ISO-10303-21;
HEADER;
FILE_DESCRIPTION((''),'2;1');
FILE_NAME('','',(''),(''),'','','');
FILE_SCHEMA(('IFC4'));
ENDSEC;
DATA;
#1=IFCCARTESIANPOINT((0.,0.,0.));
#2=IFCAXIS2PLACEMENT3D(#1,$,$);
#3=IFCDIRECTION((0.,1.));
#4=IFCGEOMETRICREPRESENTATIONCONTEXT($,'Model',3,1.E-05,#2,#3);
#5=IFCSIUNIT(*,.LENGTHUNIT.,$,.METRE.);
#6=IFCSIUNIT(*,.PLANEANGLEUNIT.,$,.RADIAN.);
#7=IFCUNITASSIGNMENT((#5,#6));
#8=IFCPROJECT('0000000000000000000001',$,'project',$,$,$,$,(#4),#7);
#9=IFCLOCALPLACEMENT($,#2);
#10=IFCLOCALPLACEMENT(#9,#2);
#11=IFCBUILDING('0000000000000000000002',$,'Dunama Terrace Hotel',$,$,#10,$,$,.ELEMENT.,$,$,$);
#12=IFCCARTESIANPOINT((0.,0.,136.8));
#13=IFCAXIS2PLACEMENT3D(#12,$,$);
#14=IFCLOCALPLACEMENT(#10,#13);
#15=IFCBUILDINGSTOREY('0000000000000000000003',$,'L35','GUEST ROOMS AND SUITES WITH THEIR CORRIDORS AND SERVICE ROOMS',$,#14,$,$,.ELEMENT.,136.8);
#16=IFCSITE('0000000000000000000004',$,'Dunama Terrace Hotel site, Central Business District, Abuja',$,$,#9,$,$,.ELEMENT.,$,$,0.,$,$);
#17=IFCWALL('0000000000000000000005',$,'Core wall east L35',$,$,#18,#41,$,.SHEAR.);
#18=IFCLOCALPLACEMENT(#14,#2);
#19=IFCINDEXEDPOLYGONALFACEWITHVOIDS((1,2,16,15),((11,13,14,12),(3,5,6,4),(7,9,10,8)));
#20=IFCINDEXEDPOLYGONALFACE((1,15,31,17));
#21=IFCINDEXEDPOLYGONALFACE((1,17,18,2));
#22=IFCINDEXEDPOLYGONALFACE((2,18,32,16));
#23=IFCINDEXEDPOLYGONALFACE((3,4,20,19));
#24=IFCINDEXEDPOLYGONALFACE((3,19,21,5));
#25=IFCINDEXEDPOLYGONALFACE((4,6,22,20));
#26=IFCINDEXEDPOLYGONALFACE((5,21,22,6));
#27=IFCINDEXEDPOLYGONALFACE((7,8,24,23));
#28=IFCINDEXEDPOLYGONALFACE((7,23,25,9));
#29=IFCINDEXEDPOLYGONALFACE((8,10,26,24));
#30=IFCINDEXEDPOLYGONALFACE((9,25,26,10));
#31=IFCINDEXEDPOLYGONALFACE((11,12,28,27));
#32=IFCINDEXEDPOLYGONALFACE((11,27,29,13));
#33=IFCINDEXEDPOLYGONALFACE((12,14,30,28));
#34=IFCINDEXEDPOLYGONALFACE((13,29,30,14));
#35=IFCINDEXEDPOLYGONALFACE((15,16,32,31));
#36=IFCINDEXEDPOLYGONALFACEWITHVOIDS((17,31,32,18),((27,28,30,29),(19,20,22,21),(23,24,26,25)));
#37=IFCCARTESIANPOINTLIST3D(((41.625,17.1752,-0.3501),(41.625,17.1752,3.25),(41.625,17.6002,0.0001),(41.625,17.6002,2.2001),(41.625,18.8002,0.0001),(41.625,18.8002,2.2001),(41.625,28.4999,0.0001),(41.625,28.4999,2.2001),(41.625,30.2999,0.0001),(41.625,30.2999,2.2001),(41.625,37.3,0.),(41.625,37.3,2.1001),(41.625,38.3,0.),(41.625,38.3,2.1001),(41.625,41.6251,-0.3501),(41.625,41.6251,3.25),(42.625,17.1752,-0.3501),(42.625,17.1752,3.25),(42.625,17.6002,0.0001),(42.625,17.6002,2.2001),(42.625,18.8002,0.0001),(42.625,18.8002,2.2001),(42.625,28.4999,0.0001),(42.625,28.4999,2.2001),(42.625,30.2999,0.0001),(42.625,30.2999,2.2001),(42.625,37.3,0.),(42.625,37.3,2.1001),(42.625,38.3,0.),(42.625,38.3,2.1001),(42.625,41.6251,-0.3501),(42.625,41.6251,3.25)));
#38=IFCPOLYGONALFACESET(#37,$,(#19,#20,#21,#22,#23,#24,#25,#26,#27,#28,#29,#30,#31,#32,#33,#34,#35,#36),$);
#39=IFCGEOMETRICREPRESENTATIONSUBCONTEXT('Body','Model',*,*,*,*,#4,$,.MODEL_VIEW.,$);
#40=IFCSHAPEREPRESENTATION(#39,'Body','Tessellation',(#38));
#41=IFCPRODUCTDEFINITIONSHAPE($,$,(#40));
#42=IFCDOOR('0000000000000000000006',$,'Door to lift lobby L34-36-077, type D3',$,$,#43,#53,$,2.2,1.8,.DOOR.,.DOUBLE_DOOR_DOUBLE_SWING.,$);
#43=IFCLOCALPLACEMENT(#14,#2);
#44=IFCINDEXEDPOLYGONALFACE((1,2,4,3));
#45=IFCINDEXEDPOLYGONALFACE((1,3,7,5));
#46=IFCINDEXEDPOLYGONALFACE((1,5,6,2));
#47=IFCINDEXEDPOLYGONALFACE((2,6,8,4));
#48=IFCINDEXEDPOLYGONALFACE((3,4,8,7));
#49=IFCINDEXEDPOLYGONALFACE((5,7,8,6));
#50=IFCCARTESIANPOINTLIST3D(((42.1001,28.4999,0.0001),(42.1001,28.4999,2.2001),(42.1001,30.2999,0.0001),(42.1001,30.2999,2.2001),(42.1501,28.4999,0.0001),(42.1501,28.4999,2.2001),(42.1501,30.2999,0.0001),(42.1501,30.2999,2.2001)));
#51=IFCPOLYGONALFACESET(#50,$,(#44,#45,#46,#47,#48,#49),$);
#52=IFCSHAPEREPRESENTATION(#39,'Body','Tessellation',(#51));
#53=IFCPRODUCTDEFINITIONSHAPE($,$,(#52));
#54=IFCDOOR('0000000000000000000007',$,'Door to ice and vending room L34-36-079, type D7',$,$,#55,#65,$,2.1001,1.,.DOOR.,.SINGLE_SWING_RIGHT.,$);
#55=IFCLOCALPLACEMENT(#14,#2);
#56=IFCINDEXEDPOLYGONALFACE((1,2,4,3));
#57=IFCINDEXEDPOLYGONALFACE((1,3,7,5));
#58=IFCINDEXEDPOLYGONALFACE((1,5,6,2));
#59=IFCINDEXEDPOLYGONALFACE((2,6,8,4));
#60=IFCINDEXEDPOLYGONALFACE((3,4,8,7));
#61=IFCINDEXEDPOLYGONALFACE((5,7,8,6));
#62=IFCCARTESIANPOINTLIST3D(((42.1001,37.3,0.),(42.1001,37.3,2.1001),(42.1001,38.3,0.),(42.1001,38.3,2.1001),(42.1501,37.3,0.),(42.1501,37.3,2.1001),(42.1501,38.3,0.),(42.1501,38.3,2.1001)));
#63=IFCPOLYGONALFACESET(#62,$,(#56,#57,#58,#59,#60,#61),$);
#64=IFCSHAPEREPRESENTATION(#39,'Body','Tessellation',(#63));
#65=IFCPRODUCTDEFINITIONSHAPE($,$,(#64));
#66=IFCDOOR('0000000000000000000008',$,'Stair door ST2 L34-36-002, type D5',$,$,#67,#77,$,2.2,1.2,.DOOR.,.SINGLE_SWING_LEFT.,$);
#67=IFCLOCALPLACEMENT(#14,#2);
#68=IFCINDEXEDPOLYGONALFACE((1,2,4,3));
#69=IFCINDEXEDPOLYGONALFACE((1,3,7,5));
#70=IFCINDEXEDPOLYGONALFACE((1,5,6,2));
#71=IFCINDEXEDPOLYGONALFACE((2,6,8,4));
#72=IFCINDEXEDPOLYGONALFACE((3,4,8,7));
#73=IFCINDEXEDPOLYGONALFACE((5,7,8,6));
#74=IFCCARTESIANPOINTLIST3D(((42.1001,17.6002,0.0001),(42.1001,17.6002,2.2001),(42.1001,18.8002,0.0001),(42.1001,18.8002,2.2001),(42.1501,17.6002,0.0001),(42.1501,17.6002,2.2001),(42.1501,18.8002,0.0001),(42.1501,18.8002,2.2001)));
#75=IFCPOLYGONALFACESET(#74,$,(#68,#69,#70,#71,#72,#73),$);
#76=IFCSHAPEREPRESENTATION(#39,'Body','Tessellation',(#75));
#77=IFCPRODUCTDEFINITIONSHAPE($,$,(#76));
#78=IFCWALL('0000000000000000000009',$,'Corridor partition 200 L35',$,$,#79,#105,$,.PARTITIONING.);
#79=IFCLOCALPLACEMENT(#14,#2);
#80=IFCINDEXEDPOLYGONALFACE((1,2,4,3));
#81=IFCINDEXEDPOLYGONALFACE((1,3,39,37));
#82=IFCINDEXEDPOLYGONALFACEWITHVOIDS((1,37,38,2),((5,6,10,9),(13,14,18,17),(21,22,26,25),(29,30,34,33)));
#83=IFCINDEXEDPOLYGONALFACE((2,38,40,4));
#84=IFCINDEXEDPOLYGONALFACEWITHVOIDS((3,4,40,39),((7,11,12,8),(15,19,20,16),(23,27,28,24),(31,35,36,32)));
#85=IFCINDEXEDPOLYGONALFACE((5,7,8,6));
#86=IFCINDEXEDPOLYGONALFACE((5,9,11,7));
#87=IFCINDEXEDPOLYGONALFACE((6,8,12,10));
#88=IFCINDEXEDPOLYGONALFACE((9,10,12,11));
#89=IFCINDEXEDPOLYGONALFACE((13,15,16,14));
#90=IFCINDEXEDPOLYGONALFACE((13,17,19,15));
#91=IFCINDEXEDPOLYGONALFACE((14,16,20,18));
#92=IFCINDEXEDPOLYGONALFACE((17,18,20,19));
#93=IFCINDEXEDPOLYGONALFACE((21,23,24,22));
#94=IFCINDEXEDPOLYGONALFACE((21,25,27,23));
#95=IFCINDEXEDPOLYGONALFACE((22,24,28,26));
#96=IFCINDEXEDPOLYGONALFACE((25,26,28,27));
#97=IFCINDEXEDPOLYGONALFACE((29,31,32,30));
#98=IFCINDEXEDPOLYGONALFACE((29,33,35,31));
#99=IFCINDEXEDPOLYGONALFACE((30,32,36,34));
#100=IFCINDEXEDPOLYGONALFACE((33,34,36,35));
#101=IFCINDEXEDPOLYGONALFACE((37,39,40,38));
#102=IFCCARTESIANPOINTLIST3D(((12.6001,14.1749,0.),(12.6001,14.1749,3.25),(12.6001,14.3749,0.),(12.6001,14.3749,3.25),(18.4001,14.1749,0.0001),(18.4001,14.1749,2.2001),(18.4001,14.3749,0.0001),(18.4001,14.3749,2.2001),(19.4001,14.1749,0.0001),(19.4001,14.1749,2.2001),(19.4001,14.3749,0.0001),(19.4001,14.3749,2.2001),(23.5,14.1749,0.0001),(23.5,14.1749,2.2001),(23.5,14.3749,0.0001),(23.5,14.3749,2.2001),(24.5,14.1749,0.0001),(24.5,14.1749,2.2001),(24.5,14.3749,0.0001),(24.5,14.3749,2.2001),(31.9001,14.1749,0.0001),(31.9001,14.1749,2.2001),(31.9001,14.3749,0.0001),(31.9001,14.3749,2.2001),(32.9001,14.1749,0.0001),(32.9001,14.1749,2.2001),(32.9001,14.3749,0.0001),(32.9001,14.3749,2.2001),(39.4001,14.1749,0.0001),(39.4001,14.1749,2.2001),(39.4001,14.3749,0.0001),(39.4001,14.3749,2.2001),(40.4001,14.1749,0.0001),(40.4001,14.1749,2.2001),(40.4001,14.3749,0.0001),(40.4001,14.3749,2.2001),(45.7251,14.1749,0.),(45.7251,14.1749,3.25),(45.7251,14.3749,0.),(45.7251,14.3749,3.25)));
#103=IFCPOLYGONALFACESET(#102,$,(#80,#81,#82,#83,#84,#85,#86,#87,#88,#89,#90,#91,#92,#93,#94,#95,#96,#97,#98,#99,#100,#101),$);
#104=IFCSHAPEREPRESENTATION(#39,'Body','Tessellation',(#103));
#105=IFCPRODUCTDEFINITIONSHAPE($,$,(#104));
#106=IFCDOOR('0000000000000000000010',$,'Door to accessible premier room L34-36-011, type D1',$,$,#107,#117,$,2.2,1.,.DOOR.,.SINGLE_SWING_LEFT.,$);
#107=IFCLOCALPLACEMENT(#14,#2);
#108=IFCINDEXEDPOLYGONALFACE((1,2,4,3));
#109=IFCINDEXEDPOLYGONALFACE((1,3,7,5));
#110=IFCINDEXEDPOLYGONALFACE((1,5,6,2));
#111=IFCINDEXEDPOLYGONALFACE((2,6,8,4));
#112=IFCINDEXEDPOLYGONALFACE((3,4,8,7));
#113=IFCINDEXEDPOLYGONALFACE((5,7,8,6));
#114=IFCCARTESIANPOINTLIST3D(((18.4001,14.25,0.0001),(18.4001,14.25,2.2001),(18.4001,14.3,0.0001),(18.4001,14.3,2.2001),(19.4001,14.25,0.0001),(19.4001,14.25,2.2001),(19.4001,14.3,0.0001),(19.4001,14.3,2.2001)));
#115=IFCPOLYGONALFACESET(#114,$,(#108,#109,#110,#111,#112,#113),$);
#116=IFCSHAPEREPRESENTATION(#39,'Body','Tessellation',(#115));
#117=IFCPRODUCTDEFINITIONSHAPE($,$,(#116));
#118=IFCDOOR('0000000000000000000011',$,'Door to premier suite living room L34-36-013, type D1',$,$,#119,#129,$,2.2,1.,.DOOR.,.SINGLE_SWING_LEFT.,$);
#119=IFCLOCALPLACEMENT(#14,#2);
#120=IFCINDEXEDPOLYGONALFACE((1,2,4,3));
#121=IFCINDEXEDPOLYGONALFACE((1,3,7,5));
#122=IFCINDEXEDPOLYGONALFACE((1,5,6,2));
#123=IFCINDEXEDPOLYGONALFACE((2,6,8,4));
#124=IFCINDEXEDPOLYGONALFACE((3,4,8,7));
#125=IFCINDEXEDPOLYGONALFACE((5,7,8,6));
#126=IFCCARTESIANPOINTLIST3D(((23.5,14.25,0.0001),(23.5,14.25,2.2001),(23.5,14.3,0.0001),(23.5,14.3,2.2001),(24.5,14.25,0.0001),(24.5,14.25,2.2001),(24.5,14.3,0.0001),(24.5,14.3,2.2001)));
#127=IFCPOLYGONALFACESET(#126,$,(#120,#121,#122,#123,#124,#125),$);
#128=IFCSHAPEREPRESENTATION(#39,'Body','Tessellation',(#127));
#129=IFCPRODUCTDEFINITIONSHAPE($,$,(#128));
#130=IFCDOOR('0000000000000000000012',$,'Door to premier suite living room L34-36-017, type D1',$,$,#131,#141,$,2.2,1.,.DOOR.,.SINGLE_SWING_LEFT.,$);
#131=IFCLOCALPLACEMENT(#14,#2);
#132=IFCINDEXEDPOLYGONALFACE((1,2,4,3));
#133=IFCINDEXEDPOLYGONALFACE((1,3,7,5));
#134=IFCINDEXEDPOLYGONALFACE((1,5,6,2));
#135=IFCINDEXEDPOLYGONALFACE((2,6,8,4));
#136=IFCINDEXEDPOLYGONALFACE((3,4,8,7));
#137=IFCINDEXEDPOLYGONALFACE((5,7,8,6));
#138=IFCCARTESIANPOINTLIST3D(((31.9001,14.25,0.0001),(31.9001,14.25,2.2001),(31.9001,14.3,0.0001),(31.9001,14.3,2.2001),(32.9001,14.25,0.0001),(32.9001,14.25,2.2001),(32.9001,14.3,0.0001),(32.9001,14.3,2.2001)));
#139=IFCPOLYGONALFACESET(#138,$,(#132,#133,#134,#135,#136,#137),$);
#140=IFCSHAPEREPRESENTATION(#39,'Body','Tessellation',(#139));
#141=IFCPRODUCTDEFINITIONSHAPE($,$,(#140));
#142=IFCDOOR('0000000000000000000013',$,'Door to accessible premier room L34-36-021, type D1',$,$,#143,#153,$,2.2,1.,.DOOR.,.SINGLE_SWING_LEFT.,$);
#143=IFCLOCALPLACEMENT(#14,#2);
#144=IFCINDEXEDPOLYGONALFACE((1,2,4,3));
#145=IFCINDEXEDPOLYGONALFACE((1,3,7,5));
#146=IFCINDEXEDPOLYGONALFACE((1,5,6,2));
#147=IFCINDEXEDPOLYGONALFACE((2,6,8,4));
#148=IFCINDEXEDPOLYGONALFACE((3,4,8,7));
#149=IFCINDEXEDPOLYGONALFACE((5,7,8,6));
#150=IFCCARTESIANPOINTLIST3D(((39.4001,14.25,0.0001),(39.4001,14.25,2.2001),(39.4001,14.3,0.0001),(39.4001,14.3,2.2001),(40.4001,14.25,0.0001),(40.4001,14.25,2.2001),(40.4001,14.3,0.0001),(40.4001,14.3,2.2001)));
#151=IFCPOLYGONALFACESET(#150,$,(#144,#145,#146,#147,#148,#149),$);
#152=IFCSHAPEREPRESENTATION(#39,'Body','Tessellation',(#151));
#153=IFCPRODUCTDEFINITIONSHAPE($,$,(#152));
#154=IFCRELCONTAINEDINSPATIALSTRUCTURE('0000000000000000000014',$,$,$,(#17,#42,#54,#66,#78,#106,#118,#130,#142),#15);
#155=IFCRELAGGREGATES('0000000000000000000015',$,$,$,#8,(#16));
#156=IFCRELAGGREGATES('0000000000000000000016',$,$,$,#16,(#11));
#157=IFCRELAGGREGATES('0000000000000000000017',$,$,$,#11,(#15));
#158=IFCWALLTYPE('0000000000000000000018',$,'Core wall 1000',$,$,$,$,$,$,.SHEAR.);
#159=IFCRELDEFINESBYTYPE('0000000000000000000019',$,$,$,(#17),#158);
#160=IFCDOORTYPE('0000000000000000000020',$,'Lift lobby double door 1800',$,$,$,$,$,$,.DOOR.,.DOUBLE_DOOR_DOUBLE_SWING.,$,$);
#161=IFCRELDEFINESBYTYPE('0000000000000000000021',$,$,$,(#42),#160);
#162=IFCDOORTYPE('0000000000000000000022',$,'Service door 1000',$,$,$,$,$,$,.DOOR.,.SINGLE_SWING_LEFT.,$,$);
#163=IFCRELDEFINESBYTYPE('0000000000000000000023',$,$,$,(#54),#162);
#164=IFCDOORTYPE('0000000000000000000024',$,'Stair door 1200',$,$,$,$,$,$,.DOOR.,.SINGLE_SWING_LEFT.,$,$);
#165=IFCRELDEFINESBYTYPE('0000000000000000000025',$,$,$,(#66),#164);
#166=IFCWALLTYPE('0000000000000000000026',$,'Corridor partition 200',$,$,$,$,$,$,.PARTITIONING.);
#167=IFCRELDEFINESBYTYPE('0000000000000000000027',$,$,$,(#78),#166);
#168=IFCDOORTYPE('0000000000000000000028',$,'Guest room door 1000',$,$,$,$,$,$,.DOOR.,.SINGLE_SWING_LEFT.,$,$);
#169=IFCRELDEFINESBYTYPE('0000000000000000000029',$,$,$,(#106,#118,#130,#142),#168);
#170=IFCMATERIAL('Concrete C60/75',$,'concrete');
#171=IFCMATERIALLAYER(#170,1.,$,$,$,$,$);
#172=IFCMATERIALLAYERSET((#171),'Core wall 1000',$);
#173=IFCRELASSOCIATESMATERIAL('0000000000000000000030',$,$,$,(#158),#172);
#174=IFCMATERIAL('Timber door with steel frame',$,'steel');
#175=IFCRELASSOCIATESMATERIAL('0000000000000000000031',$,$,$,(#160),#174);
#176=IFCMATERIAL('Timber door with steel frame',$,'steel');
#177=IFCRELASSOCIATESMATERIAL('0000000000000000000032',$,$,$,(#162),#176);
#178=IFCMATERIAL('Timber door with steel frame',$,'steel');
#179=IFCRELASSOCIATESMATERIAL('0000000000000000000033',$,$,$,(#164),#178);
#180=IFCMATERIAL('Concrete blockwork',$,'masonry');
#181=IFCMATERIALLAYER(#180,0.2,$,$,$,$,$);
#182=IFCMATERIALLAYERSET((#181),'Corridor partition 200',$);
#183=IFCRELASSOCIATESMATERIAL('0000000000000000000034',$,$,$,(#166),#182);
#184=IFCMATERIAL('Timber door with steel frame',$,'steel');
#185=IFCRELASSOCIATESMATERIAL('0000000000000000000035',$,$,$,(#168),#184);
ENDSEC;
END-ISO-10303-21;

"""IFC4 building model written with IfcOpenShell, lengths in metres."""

from ifc_helpers import new_model, si_unit, direction, frame, frame_2d, origin, place, context, subcontext, project, spatial, rectangle, extrude, material, layer, layer_set, type_object, element, fill, save


model = new_model("IFC4")

# Units and contexts
model_context = context("Model", 3, precision=1e-05, world=origin(), true_north=direction((0.0, 1.0)))
body_context = subcontext(model_context, "Body", "Model", "MODEL_VIEW")
ifc_project = project(units=[si_unit("LENGTHUNIT", "METRE"), si_unit("PLANEANGLEUNIT", "RADIAN")], contexts=[model_context])

# Site, building, storey
site_placement = place(None, origin())
site = spatial("IfcSite", under=ifc_project, at=site_placement, Name="Dunama Terrace Hotel site, Central Business District, Abuja", CompositionType="ELEMENT", RefElevation=0.0)
building_placement = place(site_placement, origin())
building = spatial("IfcBuilding", under=site, at=building_placement, Name="Dunama Terrace Hotel", CompositionType="ELEMENT")
storey_placement = place(building_placement, frame((0.0, 0.0, 136.8)))
storey = spatial("IfcBuildingStorey", under=building, at=storey_placement, Name="L35", Description="GUEST ROOMS AND SUITES WITH THEIR CORRIDORS AND SERVICE ROOMS", CompositionType="ELEMENT", Elevation=136.8)

# Walls, openings, doors
ifc_material_1 = material(Name="Concrete C60/75", Category="concrete")
ifc_layer_1 = layer(ifc_material_1, 1.0)
ifc_layer_set_1 = layer_set([ifc_layer_1], Name="Core wall 1000")
wall_type_1 = type_object("IfcWallType", Name="Core wall 1000", PredefinedType="SHEAR", material=ifc_layer_set_1)
wall_1_placement = place(storey_placement, frame((42.125, 17.175, -0.3501), z_axis=(0.0, 0.0, 1.0), x_axis=(0.0, 1.0, 0.0)))
wall_1 = element("IfcWall", 1, at=wall_1_placement, inside=storey, type_object=wall_type_1, Name="Core wall east L35", PredefinedType="SHEAR", context=body_context, shape_type="SweptSolid", body=[
    extrude(rectangle(XDim=24.45, YDim=1.0, at=frame_2d((12.2251, 0.0))), origin(), (0.0, 0.0, 1.0), 3.6001),
])
opening_1_placement = place(wall_1_placement, frame((0.425, 0.0, 0.3501)))
opening_1 = element("IfcOpeningElement", 2, at=opening_1_placement, cuts=wall_1, PredefinedType="OPENING", context=body_context, shape_type="SweptSolid", body=[
    extrude(rectangle(XDim=1.2, YDim=2.2, at=frame_2d((0.6001, 1.1001))), frame((0.0, 0.51, 0.0), z_axis=(0.0, -1.0, 0.0), x_axis=(1.0, 0.0, 0.0)), (0.0, 0.0, 1.0), 1.02),
])
opening_2_placement = place(wall_1_placement, frame((11.325, 0.0, 0.3501)))
opening_2 = element("IfcOpeningElement", 3, at=opening_2_placement, cuts=wall_1, PredefinedType="OPENING", context=body_context, shape_type="SweptSolid", body=[
    extrude(rectangle(XDim=1.8, YDim=2.2, at=frame_2d((0.8999, 1.1001))), frame((0.0, 0.51, 0.0), z_axis=(0.0, -1.0, 0.0), x_axis=(1.0, 0.0, 0.0)), (0.0, 0.0, 1.0), 1.02),
])
opening_3_placement = place(wall_1_placement, frame((20.125, 0.0, 0.3501)))
opening_3 = element("IfcOpeningElement", 4, at=opening_3_placement, cuts=wall_1, PredefinedType="OPENING", context=body_context, shape_type="SweptSolid", body=[
    extrude(rectangle(XDim=1.0, YDim=2.1001, at=frame_2d((0.5, 1.05))), frame((0.0, 0.51, 0.0), z_axis=(0.0, -1.0, 0.0), x_axis=(1.0, 0.0, 0.0)), (0.0, 0.0, 1.0), 1.02),
])
ifc_material_2 = material(Name="Timber door with steel frame", Category="steel")
door_type_1 = type_object("IfcDoorType", Name="Lift lobby double door 1800", OperationType="DOUBLE_DOOR_DOUBLE_SWING", PredefinedType="DOOR", material=ifc_material_2)
door_1_placement = place(opening_2_placement, origin())
door_1 = element("IfcDoor", 5, at=door_1_placement, inside=storey, type_object=door_type_1, Name="Door to lift lobby L34-36-077, type D3", OperationType="DOUBLE_DOOR_DOUBLE_SWING", OverallHeight=2.2, OverallWidth=1.8, PredefinedType="DOOR", context=body_context, shape_type="SweptSolid", body=[
    extrude(rectangle(XDim=1.8, YDim=2.2, at=frame_2d((0.8999, 1.1001))), frame((0.0, 0.0249, 0.0), z_axis=(0.0, -1.0, 0.0), x_axis=(1.0, 0.0, 0.0)), (0.0, 0.0, 1.0), 0.05),
])
fill(opening_2, door_1)
ifc_material_3 = material(Name="Timber door with steel frame", Category="steel")
door_type_2 = type_object("IfcDoorType", Name="Service door 1000", OperationType="SINGLE_SWING_LEFT", PredefinedType="DOOR", material=ifc_material_3)
door_2_placement = place(opening_3_placement, origin())
door_2 = element("IfcDoor", 6, at=door_2_placement, inside=storey, type_object=door_type_2, Name="Door to ice and vending room L34-36-079, type D7", OperationType="SINGLE_SWING_RIGHT", OverallHeight=2.1001, OverallWidth=1.0, PredefinedType="DOOR", context=body_context, shape_type="SweptSolid", body=[
    extrude(rectangle(XDim=1.0, YDim=2.1001, at=frame_2d((0.5, 1.05))), frame((0.0, 0.0249, 0.0), z_axis=(0.0, -1.0, 0.0), x_axis=(1.0, 0.0, 0.0)), (0.0, 0.0, 1.0), 0.05),
])
fill(opening_3, door_2)
ifc_material_4 = material(Name="Timber door with steel frame", Category="steel")
door_type_3 = type_object("IfcDoorType", Name="Stair door 1200", OperationType="SINGLE_SWING_LEFT", PredefinedType="DOOR", material=ifc_material_4)
door_3_placement = place(opening_1_placement, origin())
door_3 = element("IfcDoor", 7, at=door_3_placement, inside=storey, type_object=door_type_3, Name="Stair door ST2 L34-36-002, type D5", OperationType="SINGLE_SWING_LEFT", OverallHeight=2.2, OverallWidth=1.2, PredefinedType="DOOR", context=body_context, shape_type="SweptSolid", body=[
    extrude(rectangle(XDim=1.2, YDim=2.2, at=frame_2d((0.6001, 1.1001))), frame((0.0, 0.0249, 0.0), z_axis=(0.0, -1.0, 0.0), x_axis=(1.0, 0.0, 0.0)), (0.0, 0.0, 1.0), 0.05),
])
fill(opening_1, door_3)
ifc_material_5 = material(Name="Concrete blockwork", Category="masonry")
ifc_layer_2 = layer(ifc_material_5, 0.2)
ifc_layer_set_2 = layer_set([ifc_layer_2], Name="Corridor partition 200")
wall_type_2 = type_object("IfcWallType", Name="Corridor partition 200", PredefinedType="PARTITIONING", material=ifc_layer_set_2)
wall_2_placement = place(storey_placement, frame((45.7251, 14.2749, 0.0), z_axis=(0.0, 0.0, 1.0), x_axis=(-1.0, 0.0, 0.0)))
wall_2 = element("IfcWall", 8, at=wall_2_placement, inside=storey, type_object=wall_type_2, Name="Corridor partition 200 L35", PredefinedType="PARTITIONING", context=body_context, shape_type="SweptSolid", body=[
    extrude(rectangle(XDim=33.125, YDim=0.2, at=frame_2d((16.5625, 0.0))), origin(), (0.0, 0.0, 1.0), 3.25),
])
opening_4_placement = place(wall_2_placement, frame((26.325, 0.0, 0.0)))
opening_4 = element("IfcOpeningElement", 9, at=opening_4_placement, cuts=wall_2, PredefinedType="OPENING", context=body_context, shape_type="SweptSolid", body=[
    extrude(rectangle(XDim=1.0, YDim=2.2, at=frame_2d((0.5, 1.1001))), frame((0.0, 0.1099, 0.0), z_axis=(0.0, -1.0, 0.0), x_axis=(1.0, 0.0, 0.0)), (0.0, 0.0, 1.0), 0.22),
])
opening_5_placement = place(wall_2_placement, frame((21.2251, 0.0, 0.0)))
opening_5 = element("IfcOpeningElement", 10, at=opening_5_placement, cuts=wall_2, PredefinedType="OPENING", context=body_context, shape_type="SweptSolid", body=[
    extrude(rectangle(XDim=1.0, YDim=2.2, at=frame_2d((0.5, 1.1001))), frame((0.0, 0.1099, 0.0), z_axis=(0.0, -1.0, 0.0), x_axis=(1.0, 0.0, 0.0)), (0.0, 0.0, 1.0), 0.22),
])
opening_6_placement = place(wall_2_placement, frame((12.825, 0.0, 0.0)))
opening_6 = element("IfcOpeningElement", 11, at=opening_6_placement, cuts=wall_2, PredefinedType="OPENING", context=body_context, shape_type="SweptSolid", body=[
    extrude(rectangle(XDim=1.0, YDim=2.2, at=frame_2d((0.5, 1.1001))), frame((0.0, 0.1099, 0.0), z_axis=(0.0, -1.0, 0.0), x_axis=(1.0, 0.0, 0.0)), (0.0, 0.0, 1.0), 0.22),
])
opening_7_placement = place(wall_2_placement, frame((5.325, 0.0, 0.0)))
opening_7 = element("IfcOpeningElement", 12, at=opening_7_placement, cuts=wall_2, PredefinedType="OPENING", context=body_context, shape_type="SweptSolid", body=[
    extrude(rectangle(XDim=1.0, YDim=2.2, at=frame_2d((0.5, 1.1001))), frame((0.0, 0.1099, 0.0), z_axis=(0.0, -1.0, 0.0), x_axis=(1.0, 0.0, 0.0)), (0.0, 0.0, 1.0), 0.22),
])
ifc_material_6 = material(Name="Timber door with steel frame", Category="steel")
door_type_4 = type_object("IfcDoorType", Name="Guest room door 1000", OperationType="SINGLE_SWING_LEFT", PredefinedType="DOOR", material=ifc_material_6)
door_4_placement = place(opening_4_placement, origin())
door_4 = element("IfcDoor", 13, at=door_4_placement, inside=storey, type_object=door_type_4, Name="Door to accessible premier room L34-36-011, type D1", OperationType="SINGLE_SWING_LEFT", OverallHeight=2.2, OverallWidth=1.0, PredefinedType="DOOR", context=body_context, shape_type="SweptSolid", body=[
    extrude(rectangle(XDim=1.0, YDim=2.2, at=frame_2d((0.5, 1.1001))), frame((0.0, 0.0249, 0.0), z_axis=(0.0, -1.0, 0.0), x_axis=(1.0, 0.0, 0.0)), (0.0, 0.0, 1.0), 0.05),
])
fill(opening_4, door_4)
door_5_placement = place(opening_5_placement, origin())
door_5 = element("IfcDoor", 14, at=door_5_placement, inside=storey, type_object=door_type_4, Name="Door to premier suite living room L34-36-013, type D1", OperationType="SINGLE_SWING_LEFT", OverallHeight=2.2, OverallWidth=1.0, PredefinedType="DOOR", context=body_context, shape_type="SweptSolid", body=[
    extrude(rectangle(XDim=1.0, YDim=2.2, at=frame_2d((0.5, 1.1001))), frame((0.0, 0.0249, 0.0), z_axis=(0.0, -1.0, 0.0), x_axis=(1.0, 0.0, 0.0)), (0.0, 0.0, 1.0), 0.05),
])
fill(opening_5, door_5)
door_6_placement = place(opening_6_placement, origin())
door_6 = element("IfcDoor", 15, at=door_6_placement, inside=storey, type_object=door_type_4, Name="Door to premier suite living room L34-36-017, type D1", OperationType="SINGLE_SWING_LEFT", OverallHeight=2.2, OverallWidth=1.0, PredefinedType="DOOR", context=body_context, shape_type="SweptSolid", body=[
    extrude(rectangle(XDim=1.0, YDim=2.2, at=frame_2d((0.5, 1.1001))), frame((0.0, 0.0249, 0.0), z_axis=(0.0, -1.0, 0.0), x_axis=(1.0, 0.0, 0.0)), (0.0, 0.0, 1.0), 0.05),
])
fill(opening_6, door_6)
door_7_placement = place(opening_7_placement, origin())
door_7 = element("IfcDoor", 16, at=door_7_placement, inside=storey, type_object=door_type_4, Name="Door to accessible premier room L34-36-021, type D1", OperationType="SINGLE_SWING_LEFT", OverallHeight=2.2, OverallWidth=1.0, PredefinedType="DOOR", context=body_context, shape_type="SweptSolid", body=[
    extrude(rectangle(XDim=1.0, YDim=2.2, at=frame_2d((0.5, 1.1001))), frame((0.0, 0.0249, 0.0), z_axis=(0.0, -1.0, 0.0), x_axis=(1.0, 0.0, 0.0)), (0.0, 0.0, 1.0), 0.05),
])
fill(opening_7, door_7)

save(model, "model.ifc")
